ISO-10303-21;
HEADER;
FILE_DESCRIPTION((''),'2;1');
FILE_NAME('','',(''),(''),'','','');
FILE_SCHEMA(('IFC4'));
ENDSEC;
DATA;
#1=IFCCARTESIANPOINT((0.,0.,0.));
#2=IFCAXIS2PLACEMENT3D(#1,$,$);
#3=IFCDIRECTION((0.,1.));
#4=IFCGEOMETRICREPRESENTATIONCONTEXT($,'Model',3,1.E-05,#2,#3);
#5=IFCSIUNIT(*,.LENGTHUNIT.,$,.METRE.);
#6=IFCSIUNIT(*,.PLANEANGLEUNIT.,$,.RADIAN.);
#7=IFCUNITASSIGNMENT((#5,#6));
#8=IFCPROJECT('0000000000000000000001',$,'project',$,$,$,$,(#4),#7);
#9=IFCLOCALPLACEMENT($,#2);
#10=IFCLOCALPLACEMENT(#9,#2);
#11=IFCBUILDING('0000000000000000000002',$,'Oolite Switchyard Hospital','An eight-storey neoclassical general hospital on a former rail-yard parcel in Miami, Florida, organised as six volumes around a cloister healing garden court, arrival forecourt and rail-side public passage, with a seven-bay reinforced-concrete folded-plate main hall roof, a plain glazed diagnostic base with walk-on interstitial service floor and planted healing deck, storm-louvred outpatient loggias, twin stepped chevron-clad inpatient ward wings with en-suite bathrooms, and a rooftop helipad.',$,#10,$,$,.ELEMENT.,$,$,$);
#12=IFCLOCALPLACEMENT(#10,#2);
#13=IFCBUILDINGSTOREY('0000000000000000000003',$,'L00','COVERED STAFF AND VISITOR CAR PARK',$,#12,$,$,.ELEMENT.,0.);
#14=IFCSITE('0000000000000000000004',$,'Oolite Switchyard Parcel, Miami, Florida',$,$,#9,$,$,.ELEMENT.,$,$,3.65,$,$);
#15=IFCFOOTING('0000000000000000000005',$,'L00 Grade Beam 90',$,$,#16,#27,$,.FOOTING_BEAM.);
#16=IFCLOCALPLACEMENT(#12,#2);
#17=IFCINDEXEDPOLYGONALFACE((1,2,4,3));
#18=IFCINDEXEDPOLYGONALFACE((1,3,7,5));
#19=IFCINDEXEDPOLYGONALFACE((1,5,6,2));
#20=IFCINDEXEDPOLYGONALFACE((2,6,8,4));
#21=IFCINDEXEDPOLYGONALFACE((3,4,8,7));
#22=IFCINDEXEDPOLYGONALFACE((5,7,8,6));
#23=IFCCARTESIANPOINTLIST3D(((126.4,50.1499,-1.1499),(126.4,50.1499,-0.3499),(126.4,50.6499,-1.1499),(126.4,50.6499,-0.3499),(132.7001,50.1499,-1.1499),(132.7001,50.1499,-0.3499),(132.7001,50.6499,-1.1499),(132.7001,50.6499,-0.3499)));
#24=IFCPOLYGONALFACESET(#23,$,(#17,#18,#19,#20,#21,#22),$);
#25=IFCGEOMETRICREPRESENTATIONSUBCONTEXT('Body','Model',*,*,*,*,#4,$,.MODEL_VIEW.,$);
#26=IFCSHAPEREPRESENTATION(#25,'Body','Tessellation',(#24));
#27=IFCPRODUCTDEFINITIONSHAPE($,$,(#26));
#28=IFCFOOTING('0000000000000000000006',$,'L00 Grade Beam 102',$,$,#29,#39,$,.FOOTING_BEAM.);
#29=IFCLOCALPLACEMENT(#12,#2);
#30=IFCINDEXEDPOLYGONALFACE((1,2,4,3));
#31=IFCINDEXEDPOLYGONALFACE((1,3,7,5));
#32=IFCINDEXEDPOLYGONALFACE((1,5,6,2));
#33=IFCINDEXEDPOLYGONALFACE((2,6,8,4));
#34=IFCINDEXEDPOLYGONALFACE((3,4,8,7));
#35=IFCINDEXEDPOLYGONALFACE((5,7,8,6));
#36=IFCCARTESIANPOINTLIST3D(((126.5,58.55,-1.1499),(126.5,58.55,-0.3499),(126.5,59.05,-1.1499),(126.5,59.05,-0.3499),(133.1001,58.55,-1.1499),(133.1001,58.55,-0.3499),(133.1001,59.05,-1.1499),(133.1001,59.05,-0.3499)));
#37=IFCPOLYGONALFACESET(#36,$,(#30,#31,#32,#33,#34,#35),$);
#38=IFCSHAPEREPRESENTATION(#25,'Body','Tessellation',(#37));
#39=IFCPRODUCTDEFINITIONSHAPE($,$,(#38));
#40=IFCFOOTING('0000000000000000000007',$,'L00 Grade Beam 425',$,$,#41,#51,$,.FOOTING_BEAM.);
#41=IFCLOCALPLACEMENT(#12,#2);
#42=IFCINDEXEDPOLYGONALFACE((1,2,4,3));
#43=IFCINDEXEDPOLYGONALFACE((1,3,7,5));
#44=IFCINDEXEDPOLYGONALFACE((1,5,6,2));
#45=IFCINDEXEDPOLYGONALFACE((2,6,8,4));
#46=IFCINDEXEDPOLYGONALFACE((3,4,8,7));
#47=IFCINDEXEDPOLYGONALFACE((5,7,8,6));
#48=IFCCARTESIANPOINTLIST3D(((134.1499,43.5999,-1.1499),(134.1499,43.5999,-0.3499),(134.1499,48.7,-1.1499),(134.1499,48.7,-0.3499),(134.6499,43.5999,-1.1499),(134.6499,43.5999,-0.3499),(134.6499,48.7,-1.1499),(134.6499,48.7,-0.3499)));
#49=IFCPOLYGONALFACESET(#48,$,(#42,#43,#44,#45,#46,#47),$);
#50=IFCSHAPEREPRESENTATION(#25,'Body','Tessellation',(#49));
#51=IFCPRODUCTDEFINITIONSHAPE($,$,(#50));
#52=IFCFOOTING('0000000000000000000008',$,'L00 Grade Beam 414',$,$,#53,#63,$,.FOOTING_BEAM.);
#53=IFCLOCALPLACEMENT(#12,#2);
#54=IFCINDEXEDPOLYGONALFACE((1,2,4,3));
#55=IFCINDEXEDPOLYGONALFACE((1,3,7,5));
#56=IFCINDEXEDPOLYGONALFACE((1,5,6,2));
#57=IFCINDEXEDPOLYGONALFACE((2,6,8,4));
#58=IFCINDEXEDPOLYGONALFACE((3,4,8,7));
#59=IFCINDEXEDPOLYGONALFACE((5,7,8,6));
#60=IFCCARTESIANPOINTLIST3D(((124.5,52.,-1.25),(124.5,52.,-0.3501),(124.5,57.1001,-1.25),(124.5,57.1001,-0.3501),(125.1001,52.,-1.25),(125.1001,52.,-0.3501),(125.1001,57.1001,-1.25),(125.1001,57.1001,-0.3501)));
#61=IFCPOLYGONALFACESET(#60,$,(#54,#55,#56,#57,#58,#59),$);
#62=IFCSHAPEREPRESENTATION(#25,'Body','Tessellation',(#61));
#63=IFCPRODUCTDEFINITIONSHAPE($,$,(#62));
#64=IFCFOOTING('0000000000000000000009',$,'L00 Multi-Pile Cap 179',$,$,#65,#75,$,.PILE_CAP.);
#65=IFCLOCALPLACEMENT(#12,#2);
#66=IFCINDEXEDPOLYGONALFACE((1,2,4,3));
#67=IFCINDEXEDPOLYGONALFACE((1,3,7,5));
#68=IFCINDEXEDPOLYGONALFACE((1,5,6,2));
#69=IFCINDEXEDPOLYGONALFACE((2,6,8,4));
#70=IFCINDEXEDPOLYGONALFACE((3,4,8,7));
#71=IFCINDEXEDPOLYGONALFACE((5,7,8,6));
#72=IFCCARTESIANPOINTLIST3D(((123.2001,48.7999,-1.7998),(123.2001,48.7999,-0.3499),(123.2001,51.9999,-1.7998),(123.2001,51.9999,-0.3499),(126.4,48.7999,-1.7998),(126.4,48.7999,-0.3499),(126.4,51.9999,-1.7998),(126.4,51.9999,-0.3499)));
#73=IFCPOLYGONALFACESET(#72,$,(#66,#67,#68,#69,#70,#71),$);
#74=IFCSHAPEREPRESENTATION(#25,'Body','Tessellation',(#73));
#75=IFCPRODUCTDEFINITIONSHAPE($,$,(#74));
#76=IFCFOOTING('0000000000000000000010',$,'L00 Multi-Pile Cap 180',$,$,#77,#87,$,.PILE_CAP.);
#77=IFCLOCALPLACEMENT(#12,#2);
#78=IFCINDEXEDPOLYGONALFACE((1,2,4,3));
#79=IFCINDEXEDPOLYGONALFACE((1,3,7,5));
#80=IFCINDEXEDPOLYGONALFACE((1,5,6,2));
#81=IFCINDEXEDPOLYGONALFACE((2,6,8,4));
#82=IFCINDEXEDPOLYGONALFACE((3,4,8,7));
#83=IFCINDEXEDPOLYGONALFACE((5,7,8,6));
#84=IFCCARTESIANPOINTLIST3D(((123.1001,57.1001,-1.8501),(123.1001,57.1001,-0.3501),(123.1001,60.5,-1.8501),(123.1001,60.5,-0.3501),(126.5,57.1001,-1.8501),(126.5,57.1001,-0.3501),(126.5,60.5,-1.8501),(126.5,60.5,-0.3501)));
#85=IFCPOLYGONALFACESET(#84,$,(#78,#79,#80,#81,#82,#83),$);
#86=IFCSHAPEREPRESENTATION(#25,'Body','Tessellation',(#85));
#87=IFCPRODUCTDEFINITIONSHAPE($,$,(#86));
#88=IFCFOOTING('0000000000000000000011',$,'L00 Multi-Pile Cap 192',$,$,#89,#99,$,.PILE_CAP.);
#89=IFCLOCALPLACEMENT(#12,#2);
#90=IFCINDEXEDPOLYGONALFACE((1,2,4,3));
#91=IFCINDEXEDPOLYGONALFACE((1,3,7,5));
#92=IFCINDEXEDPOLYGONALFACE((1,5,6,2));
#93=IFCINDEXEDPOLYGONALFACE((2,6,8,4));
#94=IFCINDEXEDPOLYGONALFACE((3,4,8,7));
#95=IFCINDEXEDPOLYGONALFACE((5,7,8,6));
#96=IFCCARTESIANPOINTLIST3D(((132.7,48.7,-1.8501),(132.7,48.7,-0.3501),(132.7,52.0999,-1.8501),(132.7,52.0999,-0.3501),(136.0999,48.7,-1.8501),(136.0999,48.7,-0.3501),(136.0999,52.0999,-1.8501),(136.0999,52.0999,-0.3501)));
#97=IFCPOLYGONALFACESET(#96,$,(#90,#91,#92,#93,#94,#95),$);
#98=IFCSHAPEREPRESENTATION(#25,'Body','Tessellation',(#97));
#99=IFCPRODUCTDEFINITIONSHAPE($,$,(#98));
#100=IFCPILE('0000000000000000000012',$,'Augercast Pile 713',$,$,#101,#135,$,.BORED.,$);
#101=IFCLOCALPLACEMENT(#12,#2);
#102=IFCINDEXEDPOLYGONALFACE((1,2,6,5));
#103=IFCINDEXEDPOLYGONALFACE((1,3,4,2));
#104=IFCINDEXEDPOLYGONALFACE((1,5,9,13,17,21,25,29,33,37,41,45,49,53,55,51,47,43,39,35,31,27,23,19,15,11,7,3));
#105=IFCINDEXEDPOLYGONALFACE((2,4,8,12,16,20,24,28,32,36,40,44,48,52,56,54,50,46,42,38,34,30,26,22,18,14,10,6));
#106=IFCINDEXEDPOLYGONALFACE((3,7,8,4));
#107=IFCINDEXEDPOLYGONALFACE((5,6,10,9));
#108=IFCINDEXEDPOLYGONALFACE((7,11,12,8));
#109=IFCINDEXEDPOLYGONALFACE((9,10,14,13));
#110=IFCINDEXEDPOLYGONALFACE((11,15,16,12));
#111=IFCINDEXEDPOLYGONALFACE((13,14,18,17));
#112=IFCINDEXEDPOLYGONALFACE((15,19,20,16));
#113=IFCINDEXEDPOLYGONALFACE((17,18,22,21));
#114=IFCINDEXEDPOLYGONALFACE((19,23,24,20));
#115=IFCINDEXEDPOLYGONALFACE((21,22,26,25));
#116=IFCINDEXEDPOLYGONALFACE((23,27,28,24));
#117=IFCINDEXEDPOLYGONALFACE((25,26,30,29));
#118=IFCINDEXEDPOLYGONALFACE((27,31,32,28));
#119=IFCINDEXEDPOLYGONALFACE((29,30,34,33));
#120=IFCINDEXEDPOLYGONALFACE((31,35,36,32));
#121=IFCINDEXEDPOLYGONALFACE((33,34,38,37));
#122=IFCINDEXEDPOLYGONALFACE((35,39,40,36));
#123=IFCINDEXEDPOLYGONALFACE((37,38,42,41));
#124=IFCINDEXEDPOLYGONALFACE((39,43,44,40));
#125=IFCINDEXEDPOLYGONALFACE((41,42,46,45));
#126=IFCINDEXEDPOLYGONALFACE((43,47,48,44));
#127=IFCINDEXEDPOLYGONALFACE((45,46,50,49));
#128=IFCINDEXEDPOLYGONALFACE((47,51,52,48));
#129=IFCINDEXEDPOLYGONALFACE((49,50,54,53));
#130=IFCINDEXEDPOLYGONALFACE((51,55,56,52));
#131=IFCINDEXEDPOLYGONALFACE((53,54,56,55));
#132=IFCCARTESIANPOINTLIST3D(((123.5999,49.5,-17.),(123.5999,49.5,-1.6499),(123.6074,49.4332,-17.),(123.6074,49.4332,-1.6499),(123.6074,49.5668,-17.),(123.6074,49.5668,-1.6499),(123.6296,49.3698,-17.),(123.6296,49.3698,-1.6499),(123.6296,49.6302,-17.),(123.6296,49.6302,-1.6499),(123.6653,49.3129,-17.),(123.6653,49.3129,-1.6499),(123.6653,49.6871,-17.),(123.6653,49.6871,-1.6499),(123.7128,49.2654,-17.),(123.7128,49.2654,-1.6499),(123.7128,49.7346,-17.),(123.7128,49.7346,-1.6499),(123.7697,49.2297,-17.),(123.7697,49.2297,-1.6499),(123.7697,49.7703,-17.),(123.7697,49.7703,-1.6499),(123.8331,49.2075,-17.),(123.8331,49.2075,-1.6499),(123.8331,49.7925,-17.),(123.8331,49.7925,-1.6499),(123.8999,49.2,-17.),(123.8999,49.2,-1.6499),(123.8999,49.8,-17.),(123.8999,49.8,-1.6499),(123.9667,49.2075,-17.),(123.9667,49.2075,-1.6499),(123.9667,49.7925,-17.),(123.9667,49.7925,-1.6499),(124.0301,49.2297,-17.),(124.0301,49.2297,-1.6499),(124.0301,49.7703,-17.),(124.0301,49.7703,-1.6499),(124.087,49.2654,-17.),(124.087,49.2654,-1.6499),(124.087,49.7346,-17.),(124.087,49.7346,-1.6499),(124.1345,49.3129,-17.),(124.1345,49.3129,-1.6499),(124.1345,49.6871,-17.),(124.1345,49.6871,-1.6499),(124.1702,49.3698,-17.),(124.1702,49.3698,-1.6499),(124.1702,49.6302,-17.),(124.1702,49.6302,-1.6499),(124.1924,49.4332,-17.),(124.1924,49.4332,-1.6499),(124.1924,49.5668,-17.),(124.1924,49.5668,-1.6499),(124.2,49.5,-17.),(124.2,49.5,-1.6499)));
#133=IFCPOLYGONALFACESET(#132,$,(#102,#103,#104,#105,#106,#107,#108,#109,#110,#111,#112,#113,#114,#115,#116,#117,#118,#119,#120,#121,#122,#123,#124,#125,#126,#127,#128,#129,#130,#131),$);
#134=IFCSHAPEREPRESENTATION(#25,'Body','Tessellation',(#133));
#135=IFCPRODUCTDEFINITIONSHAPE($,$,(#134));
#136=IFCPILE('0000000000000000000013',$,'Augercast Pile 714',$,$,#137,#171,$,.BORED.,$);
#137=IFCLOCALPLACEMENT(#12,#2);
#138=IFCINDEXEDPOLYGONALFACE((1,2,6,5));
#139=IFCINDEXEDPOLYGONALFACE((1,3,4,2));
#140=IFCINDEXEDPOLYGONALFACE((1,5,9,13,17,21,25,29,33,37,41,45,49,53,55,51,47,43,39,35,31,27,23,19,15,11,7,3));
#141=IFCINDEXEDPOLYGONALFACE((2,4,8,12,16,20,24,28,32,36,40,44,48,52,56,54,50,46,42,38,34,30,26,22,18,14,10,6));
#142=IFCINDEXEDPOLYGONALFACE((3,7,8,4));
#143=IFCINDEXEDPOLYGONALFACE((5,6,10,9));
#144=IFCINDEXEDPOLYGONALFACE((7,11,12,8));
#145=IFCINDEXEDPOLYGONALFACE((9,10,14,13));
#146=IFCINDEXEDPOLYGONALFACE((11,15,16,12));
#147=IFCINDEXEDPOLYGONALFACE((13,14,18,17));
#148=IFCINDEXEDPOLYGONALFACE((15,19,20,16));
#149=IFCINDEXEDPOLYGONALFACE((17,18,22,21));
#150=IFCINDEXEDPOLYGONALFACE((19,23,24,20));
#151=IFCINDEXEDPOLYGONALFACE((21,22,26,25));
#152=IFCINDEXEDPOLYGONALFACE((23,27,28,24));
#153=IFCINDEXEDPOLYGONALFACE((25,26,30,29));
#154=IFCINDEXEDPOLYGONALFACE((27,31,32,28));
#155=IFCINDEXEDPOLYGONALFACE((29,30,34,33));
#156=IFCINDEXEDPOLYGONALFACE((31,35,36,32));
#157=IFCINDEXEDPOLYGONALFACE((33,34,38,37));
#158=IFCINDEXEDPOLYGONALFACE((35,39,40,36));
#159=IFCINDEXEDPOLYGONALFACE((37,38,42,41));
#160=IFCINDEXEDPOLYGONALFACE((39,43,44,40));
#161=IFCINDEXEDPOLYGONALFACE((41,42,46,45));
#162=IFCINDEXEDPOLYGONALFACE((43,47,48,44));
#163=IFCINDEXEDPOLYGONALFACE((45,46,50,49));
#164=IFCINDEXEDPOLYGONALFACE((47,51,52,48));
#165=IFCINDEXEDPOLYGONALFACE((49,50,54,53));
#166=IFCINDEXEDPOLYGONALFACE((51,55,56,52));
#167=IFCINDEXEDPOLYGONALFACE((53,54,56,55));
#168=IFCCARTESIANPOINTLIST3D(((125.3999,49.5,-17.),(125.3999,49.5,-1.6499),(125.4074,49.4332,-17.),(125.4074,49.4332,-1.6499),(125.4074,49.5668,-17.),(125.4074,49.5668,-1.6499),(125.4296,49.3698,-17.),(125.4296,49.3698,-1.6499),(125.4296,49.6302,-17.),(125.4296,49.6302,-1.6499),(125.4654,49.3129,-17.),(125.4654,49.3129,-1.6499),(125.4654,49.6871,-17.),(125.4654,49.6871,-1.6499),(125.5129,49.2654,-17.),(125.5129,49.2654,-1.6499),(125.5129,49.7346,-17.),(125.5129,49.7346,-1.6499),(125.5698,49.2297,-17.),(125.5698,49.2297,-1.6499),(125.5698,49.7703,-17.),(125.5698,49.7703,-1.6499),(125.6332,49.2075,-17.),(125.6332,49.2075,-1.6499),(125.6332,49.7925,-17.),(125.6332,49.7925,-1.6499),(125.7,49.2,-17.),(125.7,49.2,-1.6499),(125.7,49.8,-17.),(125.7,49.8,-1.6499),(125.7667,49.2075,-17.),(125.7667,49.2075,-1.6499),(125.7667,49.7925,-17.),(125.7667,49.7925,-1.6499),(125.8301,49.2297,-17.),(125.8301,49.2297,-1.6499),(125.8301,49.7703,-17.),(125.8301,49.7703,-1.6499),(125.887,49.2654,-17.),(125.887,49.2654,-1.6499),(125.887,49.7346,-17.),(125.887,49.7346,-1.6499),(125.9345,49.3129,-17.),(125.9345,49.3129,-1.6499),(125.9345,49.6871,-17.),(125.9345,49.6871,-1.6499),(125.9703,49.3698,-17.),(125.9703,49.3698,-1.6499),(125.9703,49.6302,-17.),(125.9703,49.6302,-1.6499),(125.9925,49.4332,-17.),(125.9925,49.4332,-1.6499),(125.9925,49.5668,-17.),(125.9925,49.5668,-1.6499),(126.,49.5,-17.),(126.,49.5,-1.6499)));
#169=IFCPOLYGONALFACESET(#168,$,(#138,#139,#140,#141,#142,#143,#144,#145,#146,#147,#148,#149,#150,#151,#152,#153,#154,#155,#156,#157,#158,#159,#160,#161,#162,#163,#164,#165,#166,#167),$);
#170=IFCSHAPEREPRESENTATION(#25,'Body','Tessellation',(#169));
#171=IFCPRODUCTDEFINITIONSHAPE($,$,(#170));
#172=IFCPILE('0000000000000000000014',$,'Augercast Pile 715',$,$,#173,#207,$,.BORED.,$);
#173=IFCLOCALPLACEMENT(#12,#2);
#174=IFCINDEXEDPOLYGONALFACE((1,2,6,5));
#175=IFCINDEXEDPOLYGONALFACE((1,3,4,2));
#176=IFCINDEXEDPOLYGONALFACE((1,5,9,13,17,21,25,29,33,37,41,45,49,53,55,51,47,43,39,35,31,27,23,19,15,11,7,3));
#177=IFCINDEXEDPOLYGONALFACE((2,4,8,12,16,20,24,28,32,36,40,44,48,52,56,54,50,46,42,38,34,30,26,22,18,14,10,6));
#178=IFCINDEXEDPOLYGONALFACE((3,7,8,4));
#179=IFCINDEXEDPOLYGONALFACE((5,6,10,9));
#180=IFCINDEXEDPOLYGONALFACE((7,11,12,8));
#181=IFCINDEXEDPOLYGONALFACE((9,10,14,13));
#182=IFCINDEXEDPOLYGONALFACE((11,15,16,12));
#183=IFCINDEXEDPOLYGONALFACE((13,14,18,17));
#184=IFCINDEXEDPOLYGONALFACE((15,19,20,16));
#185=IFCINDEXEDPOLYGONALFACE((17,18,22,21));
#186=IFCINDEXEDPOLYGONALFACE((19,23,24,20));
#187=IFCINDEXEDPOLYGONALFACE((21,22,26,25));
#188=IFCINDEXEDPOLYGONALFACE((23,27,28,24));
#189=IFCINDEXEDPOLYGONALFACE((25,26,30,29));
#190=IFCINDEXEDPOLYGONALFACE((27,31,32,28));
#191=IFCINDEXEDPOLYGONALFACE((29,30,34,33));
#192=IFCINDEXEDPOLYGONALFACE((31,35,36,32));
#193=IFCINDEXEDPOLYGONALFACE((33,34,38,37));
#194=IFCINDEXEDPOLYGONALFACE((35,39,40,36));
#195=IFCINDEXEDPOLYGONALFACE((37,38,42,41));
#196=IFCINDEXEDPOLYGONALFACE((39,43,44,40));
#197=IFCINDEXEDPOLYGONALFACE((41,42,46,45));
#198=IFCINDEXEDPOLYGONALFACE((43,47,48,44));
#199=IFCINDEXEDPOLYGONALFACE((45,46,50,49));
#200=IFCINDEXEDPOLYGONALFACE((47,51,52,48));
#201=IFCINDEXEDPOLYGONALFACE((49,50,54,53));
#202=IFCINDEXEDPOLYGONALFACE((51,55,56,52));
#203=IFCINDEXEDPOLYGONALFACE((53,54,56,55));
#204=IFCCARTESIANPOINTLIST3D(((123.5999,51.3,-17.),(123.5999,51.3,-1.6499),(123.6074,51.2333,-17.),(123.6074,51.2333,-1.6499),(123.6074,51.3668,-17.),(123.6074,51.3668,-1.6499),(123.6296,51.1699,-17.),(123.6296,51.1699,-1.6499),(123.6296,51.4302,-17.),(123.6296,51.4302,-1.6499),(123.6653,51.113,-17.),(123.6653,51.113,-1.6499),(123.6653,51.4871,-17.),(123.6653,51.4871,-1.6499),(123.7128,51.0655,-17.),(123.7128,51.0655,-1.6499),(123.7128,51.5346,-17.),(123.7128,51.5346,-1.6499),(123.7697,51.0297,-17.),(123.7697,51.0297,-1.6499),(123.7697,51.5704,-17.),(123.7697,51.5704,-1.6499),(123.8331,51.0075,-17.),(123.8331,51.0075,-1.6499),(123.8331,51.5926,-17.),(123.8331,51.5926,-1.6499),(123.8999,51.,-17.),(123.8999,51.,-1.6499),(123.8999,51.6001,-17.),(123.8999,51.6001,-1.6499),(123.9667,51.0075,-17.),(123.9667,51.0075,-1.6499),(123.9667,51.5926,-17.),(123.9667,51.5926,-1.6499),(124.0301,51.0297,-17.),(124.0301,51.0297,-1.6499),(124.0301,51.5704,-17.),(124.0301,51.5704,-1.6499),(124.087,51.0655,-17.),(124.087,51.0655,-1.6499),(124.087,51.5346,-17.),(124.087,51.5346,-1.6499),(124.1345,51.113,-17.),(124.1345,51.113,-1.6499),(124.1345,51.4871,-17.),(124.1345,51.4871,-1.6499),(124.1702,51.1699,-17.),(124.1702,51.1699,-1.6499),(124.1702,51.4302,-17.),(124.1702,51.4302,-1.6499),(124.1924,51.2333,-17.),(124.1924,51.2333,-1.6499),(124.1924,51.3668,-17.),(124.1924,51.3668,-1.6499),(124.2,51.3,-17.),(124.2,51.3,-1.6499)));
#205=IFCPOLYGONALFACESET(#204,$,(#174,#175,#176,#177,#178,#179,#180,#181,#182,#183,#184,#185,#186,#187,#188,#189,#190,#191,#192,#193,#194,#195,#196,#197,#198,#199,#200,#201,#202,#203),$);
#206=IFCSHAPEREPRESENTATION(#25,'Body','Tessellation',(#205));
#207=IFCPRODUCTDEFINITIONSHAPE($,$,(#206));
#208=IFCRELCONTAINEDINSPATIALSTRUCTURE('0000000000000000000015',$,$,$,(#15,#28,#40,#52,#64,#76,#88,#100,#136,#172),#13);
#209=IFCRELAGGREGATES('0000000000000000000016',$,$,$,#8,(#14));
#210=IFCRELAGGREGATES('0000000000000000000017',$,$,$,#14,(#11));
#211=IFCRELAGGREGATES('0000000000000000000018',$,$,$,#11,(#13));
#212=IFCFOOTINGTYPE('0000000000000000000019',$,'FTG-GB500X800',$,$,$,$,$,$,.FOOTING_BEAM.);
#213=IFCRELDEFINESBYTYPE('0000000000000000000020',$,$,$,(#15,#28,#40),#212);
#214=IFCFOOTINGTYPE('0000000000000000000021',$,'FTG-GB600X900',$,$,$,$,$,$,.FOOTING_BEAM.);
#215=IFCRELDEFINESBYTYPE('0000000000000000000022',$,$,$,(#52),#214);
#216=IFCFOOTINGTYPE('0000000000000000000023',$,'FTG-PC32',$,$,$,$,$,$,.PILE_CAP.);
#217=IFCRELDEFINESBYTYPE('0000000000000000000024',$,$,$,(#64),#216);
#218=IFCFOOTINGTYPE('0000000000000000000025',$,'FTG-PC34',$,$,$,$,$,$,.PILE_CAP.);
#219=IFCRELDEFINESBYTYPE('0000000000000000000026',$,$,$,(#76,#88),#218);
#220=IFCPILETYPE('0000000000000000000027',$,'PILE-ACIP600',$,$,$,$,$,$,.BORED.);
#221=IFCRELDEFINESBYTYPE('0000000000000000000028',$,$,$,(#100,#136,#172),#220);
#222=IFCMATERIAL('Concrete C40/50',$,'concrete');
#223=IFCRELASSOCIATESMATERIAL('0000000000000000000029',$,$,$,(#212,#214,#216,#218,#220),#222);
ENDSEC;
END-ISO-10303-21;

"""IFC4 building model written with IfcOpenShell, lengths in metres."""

from ifc_helpers import new_model, si_unit, direction, frame, origin, origin_2d, place, context, subcontext, project, spatial, rectangle, circle, extrude, material, material_profile, profile_set, type_object, element, save


model = new_model("IFC4")

# Units and contexts
model_context = context("Model", 3, precision=1e-05, world=origin(), true_north=direction((0.0, 1.0)))
body_context = subcontext(model_context, "Body", "Model", "MODEL_VIEW")
ifc_project = project(units=[si_unit("LENGTHUNIT", "METRE"), si_unit("PLANEANGLEUNIT", "RADIAN")], contexts=[model_context])

# Site, building, storey
site_placement = place(None, origin())
site = spatial("IfcSite", under=ifc_project, at=site_placement, Name="Oolite Switchyard Parcel, Miami, Florida", CompositionType="ELEMENT", RefElevation=3.65)
building_placement = place(site_placement, origin())
building = spatial("IfcBuilding", under=site, at=building_placement, Name="Oolite Switchyard Hospital", Description="An eight-storey neoclassical general hospital on a former rail-yard parcel in Miami, Florida, organised as six volumes around a cloister healing garden court, arrival forecourt and rail-side public passage, with a seven-bay reinforced-concrete folded-plate main hall roof, a plain glazed diagnostic base with walk-on interstitial service floor and planted healing deck, storm-louvred outpatient loggias, twin stepped chevron-clad inpatient ward wings with en-suite bathrooms, and a rooftop helipad.", CompositionType="ELEMENT")
storey_placement = place(building_placement, origin())
storey = spatial("IfcBuildingStorey", under=building, at=storey_placement, Name="L00", Description="COVERED STAFF AND VISITOR CAR PARK", CompositionType="ELEMENT", Elevation=0.0)

# Footings
ifc_material_1 = material(Name="Concrete C40/50", Category="concrete")
footing_type_1 = type_object("IfcFootingType", Name="FTG-GB500X800", PredefinedType="FOOTING_BEAM", material=ifc_material_1)
footing_1_placement = place(storey_placement, frame((129.55, 50.3999, -1.1499), z_axis=(0.0, 0.0, 1.0), x_axis=(1.0, 0.0, 0.0)))
element("IfcFooting", 1, at=footing_1_placement, inside=storey, type_object=footing_type_1, Name="L00 Grade Beam 90", PredefinedType="FOOTING_BEAM", context=body_context, shape_type="SweptSolid", body=[
    extrude(rectangle(XDim=6.3, YDim=0.5, at=origin_2d()), origin(), (0.0, 0.0, 1.0), 0.8),
])
footing_2_placement = place(storey_placement, frame((129.8, 58.8, -1.1499), z_axis=(0.0, 0.0, 1.0), x_axis=(1.0, 0.0, 0.0)))
element("IfcFooting", 2, at=footing_2_placement, inside=storey, type_object=footing_type_1, Name="L00 Grade Beam 102", PredefinedType="FOOTING_BEAM", context=body_context, shape_type="SweptSolid", body=[
    extrude(rectangle(XDim=6.6001, YDim=0.5, at=origin_2d()), origin(), (0.0, 0.0, 1.0), 0.8),
])
footing_3_placement = place(storey_placement, frame((134.3999, 46.1499, -1.1499), z_axis=(0.0, 0.0, 1.0), x_axis=(0.0, 1.0, 0.0)))
element("IfcFooting", 3, at=footing_3_placement, inside=storey, type_object=footing_type_1, Name="L00 Grade Beam 425", PredefinedType="FOOTING_BEAM", context=body_context, shape_type="SweptSolid", body=[
    extrude(rectangle(XDim=5.1001, YDim=0.5, at=origin_2d()), origin(), (0.0, 0.0, 1.0), 0.8),
])
footing_type_2 = type_object("IfcFootingType", Name="FTG-GB600X900", PredefinedType="FOOTING_BEAM", material=ifc_material_1)
footing_4_placement = place(storey_placement, frame((124.8, 54.55, -1.25), z_axis=(0.0, 0.0, 1.0), x_axis=(0.0, 1.0, 0.0)))
element("IfcFooting", 4, at=footing_4_placement, inside=storey, type_object=footing_type_2, Name="L00 Grade Beam 414", PredefinedType="FOOTING_BEAM", context=body_context, shape_type="SweptSolid", body=[
    extrude(rectangle(XDim=5.1001, YDim=0.6001, at=origin_2d()), origin(), (0.0, 0.0, 1.0), 0.8999),
])
footing_type_3 = type_object("IfcFootingType", Name="FTG-PC32", PredefinedType="PILE_CAP", material=ifc_material_1)
footing_5_placement = place(storey_placement, frame((124.8, 50.3999, -1.7998), z_axis=(0.0, 0.0, 1.0), x_axis=(1.0, 0.0, 0.0)))
element("IfcFooting", 5, at=footing_5_placement, inside=storey, type_object=footing_type_3, Name="L00 Multi-Pile Cap 179", PredefinedType="PILE_CAP", context=body_context, shape_type="SweptSolid", body=[
    extrude(rectangle(XDim=3.2, YDim=3.2, at=origin_2d()), origin(), (0.0, 0.0, 1.0), 1.45),
])
footing_type_4 = type_object("IfcFootingType", Name="FTG-PC34", PredefinedType="PILE_CAP", material=ifc_material_1)
for number, where, z_axis, x_axis, name in (
    (6, (124.8, 58.8, -1.8501), (0.0, 0.0, 1.0), (1.0, 0.0, 0.0), "L00 Multi-Pile Cap 180"),
    (7, (134.3999, 50.3999, -1.8501), (0.0, 0.0, 1.0), (1.0, 0.0, 0.0), "L00 Multi-Pile Cap 192"),
):
    element("IfcFooting", number, at=place(storey_placement, frame(where, z_axis=z_axis, x_axis=x_axis)), inside=storey, type_object=footing_type_4, Name=name, PredefinedType="PILE_CAP", context=body_context, shape_type="SweptSolid", body=[
        extrude(rectangle(XDim=3.3999, YDim=3.3999, at=origin_2d()), origin(), (0.0, 0.0, 1.0), 1.5),
    ])

# Piles
ifc_material_profile_1 = material_profile(ifc_material_1, circle(Radius=0.3, at=origin_2d()), Name="PILE600")
ifc_profile_set_1 = profile_set([ifc_material_profile_1], Name="Concrete C40/50")
pile_type = type_object("IfcPileType", Name="PILE-ACIP600", PredefinedType="BORED", material=ifc_profile_set_1)
for number, where, z_axis, x_axis, name in (
    (8, (123.8999, 49.5, -1.6499), (0.0, 0.0, -1.0), (1.0, 0.0, 0.0), "Augercast Pile 713"),
    (9, (125.7, 49.5, -1.6499), (0.0, 0.0, -1.0), (1.0, 0.0, 0.0), "Augercast Pile 714"),
    (10, (123.8999, 51.3, -1.6499), (0.0, 0.0, -1.0), (1.0, 0.0, 0.0), "Augercast Pile 715"),
):
    element("IfcPile", number, at=place(storey_placement, frame(where, z_axis=z_axis, x_axis=x_axis)), inside=storey, type_object=pile_type, Name=name, PredefinedType="BORED", context=body_context, shape_type="SweptSolid", body=[
        extrude(circle(Radius=0.3, at=origin_2d()), origin(), (0.0, 0.0, 1.0), 15.3501),
    ])

save(model, "model.ifc")
